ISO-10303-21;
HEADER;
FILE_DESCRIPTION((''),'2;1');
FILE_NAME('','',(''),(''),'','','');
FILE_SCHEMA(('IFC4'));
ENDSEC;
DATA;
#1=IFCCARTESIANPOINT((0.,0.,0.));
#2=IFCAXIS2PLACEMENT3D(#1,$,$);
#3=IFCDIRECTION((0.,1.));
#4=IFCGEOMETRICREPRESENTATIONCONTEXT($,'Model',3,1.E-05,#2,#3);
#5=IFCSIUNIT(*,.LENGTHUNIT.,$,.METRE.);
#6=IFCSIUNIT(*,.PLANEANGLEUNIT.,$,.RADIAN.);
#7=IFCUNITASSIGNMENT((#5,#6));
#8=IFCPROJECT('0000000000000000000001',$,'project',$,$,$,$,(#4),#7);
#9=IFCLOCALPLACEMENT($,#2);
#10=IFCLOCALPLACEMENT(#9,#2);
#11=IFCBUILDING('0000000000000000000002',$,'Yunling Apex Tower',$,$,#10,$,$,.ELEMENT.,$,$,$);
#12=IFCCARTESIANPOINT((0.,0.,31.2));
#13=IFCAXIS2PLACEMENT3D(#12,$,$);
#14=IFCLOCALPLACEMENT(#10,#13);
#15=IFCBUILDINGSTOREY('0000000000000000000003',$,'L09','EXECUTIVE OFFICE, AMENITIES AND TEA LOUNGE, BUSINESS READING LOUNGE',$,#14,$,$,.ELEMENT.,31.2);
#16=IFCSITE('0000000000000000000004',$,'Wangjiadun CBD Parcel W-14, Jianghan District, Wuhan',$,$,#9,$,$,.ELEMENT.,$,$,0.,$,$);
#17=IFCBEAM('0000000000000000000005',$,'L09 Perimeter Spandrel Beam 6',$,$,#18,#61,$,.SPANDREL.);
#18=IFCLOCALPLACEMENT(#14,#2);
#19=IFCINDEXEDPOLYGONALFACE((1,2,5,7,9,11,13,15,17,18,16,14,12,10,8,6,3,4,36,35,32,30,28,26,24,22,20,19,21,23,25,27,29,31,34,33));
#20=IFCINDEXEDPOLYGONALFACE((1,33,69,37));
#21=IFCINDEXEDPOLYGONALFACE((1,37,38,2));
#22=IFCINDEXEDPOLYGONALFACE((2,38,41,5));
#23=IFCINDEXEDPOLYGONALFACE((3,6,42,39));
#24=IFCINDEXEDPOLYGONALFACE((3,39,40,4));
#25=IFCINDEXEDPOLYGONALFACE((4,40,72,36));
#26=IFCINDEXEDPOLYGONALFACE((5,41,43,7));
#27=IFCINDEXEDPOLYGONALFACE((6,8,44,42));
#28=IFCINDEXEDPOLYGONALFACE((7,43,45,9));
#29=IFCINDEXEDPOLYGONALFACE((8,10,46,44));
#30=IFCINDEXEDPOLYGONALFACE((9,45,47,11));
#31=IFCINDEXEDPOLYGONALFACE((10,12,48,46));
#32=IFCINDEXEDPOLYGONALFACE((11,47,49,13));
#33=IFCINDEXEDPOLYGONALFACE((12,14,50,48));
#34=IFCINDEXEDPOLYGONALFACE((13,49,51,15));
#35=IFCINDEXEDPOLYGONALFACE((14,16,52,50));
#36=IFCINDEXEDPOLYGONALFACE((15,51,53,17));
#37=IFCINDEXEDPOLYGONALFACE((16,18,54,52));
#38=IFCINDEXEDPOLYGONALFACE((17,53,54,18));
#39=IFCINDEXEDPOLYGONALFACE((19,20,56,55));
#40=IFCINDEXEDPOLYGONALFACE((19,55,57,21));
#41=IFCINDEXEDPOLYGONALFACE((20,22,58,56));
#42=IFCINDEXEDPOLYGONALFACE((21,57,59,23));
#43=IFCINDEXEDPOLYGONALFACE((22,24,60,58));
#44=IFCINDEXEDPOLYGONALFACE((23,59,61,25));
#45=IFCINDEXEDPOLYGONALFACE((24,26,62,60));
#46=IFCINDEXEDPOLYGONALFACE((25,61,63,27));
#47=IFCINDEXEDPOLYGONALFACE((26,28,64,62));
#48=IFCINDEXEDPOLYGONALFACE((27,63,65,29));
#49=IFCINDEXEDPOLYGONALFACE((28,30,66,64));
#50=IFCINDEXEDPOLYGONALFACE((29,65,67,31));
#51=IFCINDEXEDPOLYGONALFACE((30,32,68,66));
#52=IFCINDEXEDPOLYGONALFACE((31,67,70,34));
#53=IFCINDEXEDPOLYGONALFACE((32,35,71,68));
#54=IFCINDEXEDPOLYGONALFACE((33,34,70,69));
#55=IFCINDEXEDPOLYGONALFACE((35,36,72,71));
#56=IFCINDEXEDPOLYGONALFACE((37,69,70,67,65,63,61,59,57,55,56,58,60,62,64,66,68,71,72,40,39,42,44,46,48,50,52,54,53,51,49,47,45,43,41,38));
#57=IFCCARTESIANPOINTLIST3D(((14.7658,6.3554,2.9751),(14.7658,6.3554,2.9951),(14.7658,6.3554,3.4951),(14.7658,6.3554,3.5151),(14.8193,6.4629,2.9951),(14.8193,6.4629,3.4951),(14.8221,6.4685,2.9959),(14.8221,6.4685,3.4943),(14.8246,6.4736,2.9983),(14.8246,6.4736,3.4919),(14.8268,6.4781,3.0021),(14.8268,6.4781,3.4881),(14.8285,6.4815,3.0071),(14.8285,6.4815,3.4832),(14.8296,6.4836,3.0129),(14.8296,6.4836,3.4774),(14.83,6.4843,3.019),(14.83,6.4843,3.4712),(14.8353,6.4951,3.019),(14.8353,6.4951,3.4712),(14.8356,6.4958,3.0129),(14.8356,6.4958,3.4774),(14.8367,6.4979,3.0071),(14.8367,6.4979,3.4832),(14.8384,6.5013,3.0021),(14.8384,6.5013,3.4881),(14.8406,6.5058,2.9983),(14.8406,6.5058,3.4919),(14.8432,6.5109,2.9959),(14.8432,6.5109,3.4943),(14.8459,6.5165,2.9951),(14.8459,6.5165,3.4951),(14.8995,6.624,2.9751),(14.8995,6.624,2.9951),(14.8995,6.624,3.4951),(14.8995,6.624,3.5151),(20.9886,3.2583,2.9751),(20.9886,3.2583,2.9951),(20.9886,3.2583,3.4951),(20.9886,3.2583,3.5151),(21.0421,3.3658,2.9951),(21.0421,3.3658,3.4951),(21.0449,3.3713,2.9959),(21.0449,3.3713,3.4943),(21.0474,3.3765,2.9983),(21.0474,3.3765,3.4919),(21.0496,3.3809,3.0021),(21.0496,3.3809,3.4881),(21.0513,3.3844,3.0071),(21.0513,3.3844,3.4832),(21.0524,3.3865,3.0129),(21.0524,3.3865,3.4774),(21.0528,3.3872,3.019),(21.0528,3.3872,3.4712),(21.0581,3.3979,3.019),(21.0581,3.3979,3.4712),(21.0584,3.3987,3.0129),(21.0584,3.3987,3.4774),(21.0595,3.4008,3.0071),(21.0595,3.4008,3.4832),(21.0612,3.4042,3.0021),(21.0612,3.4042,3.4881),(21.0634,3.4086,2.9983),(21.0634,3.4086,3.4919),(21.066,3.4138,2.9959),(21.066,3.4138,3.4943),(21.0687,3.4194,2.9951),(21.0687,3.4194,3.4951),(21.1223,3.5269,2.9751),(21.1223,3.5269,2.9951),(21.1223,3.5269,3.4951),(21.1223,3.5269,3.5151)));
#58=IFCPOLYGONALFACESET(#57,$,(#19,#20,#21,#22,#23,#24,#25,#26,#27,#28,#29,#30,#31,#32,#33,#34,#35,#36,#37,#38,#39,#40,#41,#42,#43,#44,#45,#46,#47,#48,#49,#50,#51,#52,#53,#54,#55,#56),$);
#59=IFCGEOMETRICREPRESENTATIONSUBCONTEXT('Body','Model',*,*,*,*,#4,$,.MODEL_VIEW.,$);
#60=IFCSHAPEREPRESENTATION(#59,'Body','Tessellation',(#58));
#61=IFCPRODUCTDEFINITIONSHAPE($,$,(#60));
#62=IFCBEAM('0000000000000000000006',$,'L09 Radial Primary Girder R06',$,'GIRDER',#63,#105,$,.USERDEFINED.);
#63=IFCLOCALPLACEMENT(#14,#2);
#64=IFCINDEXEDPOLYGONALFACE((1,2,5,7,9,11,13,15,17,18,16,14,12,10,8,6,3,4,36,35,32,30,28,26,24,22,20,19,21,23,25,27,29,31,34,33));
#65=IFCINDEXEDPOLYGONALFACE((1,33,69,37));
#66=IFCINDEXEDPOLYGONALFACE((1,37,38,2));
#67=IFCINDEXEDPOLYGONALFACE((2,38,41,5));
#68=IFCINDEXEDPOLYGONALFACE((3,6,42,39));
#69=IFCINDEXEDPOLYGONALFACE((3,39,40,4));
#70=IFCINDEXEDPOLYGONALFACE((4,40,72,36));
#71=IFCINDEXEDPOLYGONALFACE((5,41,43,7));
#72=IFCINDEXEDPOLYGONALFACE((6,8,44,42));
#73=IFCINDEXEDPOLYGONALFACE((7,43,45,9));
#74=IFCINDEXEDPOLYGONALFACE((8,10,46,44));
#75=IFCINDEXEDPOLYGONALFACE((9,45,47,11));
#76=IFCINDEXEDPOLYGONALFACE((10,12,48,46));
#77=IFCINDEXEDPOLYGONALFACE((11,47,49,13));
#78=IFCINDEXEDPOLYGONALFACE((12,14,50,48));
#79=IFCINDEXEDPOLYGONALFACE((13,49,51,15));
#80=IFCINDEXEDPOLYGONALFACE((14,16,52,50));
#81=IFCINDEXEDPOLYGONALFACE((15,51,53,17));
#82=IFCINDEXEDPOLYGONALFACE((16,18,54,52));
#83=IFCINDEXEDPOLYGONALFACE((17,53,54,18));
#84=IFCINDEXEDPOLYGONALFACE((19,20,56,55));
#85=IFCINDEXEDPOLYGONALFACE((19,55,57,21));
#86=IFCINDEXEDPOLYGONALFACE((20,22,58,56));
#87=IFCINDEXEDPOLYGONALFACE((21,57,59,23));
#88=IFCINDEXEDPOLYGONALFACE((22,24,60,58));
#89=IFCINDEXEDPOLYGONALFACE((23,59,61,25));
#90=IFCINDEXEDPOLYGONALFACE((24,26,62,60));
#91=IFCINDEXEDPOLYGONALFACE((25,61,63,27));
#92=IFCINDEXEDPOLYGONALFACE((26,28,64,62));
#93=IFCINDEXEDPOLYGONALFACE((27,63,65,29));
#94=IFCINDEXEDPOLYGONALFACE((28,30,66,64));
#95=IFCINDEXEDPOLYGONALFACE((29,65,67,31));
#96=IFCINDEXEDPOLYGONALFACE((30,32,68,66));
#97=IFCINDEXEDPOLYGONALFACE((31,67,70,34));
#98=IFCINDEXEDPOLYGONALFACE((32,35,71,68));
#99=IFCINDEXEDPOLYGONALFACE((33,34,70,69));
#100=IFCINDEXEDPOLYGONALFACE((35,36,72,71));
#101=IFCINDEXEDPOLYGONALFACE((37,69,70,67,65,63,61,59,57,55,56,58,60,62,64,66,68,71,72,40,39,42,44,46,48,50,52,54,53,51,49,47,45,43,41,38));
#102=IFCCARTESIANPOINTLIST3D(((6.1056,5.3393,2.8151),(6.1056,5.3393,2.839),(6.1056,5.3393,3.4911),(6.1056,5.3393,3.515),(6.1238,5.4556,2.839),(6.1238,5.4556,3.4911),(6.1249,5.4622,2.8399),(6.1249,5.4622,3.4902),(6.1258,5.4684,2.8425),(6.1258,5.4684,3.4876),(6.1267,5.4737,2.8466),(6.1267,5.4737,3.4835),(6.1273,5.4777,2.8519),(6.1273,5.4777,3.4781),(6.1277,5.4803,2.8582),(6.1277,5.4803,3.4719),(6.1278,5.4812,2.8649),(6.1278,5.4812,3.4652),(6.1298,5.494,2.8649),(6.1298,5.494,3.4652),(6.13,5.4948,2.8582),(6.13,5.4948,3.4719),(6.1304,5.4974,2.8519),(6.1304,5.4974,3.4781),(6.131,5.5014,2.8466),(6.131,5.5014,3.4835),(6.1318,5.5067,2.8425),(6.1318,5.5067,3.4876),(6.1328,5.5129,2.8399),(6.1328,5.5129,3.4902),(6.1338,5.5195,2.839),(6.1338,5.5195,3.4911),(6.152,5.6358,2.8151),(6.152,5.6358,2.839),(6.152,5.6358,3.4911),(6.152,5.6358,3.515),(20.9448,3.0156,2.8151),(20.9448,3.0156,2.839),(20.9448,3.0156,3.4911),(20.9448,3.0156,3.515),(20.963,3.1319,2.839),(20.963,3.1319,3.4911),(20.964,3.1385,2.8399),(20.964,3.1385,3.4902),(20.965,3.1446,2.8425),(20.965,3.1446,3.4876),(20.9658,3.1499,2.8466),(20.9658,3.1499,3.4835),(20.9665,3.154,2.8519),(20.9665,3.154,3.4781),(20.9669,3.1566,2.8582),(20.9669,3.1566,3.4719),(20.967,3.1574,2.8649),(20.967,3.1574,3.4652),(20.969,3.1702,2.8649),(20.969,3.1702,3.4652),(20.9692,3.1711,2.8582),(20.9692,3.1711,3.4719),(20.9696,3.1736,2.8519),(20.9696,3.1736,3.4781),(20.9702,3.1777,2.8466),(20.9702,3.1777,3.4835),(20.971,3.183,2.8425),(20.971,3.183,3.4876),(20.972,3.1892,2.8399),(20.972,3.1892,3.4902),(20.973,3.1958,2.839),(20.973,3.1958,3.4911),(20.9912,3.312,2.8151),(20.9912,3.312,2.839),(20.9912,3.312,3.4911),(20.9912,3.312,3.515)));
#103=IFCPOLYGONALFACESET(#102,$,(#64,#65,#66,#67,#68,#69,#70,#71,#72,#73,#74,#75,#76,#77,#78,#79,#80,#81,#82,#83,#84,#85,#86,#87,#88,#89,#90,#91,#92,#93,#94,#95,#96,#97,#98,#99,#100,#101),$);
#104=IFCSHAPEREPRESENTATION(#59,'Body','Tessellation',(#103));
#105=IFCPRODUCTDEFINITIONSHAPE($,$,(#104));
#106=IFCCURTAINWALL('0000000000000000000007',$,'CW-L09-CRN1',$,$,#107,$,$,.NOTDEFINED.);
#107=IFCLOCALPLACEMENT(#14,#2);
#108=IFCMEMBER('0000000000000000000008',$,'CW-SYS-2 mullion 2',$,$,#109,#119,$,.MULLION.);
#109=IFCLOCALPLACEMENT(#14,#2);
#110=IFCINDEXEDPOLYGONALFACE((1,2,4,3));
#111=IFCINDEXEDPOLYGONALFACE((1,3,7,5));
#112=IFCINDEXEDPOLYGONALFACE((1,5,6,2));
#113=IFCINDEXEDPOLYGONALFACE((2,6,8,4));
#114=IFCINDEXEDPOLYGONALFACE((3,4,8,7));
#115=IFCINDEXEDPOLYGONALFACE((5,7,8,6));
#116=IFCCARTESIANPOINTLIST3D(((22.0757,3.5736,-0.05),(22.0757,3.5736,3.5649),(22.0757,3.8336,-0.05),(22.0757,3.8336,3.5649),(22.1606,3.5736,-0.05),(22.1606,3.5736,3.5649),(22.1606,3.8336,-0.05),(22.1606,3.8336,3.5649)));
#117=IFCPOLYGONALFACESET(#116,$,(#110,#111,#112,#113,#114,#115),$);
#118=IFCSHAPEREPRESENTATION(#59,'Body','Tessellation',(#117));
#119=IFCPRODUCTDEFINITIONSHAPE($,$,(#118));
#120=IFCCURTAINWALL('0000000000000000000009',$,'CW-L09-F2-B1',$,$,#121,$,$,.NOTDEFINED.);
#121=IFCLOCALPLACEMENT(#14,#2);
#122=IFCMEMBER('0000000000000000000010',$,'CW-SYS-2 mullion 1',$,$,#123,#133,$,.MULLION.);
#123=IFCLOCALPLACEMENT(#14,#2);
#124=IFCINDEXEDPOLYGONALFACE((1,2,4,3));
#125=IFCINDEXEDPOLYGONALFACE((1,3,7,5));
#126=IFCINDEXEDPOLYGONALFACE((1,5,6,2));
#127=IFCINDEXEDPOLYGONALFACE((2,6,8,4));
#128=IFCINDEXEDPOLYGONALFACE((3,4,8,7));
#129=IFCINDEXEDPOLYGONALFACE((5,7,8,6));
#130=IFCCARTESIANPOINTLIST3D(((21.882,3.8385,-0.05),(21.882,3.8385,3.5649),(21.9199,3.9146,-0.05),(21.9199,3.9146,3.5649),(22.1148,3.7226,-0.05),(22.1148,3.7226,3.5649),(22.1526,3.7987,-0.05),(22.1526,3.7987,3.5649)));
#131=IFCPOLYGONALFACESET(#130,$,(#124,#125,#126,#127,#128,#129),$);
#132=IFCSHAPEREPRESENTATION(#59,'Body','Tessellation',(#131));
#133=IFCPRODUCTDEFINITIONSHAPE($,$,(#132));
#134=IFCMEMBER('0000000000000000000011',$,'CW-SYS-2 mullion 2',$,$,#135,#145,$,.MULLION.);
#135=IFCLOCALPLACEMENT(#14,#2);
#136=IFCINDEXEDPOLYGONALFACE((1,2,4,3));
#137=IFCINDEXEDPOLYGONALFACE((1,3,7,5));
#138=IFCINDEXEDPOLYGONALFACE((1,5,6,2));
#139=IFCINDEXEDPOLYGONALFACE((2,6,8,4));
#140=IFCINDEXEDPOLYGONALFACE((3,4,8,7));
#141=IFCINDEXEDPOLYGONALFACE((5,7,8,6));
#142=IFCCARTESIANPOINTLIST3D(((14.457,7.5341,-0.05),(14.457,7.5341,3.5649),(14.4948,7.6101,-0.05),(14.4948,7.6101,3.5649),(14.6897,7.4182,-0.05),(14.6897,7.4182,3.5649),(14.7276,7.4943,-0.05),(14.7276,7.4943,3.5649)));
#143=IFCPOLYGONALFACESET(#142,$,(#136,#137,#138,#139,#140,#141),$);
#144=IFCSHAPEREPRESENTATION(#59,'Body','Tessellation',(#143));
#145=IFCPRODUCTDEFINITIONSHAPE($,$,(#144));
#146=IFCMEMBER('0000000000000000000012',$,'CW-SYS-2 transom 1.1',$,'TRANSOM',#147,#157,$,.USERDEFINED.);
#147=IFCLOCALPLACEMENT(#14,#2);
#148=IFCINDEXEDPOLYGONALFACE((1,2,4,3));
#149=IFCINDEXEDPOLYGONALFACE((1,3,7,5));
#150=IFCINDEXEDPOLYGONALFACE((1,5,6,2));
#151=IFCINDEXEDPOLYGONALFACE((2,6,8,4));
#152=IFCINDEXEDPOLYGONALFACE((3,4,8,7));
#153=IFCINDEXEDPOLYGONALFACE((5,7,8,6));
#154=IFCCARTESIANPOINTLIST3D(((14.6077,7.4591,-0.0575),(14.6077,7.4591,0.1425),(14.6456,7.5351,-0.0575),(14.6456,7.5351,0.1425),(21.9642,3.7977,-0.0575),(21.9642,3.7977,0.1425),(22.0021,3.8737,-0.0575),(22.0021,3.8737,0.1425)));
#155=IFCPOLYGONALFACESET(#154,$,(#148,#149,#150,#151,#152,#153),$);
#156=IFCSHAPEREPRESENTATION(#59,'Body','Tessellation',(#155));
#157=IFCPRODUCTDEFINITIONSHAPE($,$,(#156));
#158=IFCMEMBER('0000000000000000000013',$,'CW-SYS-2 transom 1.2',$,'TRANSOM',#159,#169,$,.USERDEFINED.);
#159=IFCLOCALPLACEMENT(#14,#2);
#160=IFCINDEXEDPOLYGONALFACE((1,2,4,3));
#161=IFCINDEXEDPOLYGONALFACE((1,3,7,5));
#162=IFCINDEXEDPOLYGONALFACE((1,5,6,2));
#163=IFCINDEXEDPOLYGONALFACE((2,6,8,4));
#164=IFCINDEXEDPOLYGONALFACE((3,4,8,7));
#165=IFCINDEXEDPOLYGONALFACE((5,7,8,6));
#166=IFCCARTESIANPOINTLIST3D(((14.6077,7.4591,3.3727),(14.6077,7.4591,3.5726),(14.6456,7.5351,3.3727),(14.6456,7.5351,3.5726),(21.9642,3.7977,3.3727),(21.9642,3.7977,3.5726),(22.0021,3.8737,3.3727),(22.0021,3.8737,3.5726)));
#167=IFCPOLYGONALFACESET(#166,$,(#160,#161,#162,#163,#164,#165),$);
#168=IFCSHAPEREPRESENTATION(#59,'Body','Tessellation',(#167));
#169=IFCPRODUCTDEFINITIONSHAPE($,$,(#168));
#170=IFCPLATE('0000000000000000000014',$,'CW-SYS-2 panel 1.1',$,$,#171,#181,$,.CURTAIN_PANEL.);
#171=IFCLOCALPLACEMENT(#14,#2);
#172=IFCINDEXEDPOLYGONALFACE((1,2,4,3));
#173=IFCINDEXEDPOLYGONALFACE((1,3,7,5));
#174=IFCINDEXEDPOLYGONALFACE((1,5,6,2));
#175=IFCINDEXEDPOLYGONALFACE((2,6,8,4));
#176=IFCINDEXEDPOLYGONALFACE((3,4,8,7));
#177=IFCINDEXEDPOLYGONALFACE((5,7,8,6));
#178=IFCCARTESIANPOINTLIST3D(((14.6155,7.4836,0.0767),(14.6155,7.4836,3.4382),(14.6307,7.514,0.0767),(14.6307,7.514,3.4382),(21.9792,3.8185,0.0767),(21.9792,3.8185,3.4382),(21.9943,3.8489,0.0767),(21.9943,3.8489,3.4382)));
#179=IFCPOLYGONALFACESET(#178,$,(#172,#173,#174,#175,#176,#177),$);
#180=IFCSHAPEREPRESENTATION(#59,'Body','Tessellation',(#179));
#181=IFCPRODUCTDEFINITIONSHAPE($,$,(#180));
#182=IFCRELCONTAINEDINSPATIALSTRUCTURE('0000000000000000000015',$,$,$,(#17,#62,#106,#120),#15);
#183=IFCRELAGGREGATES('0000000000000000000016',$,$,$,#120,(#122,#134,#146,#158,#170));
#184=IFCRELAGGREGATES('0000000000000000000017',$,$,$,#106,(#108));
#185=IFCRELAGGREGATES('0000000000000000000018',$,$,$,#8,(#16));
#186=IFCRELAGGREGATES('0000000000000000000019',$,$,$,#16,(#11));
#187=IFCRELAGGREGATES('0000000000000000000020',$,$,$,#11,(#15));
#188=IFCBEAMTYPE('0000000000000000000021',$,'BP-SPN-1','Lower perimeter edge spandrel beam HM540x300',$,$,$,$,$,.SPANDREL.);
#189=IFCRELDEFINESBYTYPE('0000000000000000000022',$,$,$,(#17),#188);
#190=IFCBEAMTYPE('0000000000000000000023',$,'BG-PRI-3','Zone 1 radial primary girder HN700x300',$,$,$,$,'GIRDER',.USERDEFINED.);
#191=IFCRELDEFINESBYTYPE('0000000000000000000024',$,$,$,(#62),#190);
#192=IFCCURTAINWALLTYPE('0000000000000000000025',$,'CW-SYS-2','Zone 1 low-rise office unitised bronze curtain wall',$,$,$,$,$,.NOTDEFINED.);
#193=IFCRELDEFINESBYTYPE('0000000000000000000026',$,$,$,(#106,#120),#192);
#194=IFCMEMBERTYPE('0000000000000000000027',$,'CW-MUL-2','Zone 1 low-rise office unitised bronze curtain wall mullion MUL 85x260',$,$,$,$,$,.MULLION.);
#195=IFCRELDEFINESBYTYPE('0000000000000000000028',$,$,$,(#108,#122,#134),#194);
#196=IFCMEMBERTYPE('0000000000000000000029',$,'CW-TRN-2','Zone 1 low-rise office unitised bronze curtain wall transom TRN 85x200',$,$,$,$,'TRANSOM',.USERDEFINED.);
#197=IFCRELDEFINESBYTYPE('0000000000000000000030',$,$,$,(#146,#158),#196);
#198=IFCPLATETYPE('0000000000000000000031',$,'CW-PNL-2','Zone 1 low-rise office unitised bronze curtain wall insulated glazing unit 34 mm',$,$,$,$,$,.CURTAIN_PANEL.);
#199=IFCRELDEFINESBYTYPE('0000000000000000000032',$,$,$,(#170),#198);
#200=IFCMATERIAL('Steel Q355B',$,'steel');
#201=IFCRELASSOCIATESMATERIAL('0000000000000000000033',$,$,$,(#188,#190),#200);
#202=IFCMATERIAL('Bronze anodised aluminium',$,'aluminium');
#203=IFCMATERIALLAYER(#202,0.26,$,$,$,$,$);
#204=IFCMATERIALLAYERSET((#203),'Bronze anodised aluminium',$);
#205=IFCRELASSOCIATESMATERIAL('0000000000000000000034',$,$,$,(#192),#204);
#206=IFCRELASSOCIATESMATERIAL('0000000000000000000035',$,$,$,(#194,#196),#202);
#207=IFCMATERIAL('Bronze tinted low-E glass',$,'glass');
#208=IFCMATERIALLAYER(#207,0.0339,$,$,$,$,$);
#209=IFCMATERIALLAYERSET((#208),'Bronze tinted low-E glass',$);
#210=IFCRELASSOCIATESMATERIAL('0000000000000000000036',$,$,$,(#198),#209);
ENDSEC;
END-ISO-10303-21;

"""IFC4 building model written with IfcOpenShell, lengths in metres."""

from ifc_helpers import new_model, si_unit, direction, frame, origin, origin_2d, place, context, subcontext, project, spatial, rectangle, i_section, extrude, source, transform, mapped, material, layer, layer_set, material_profile, profile_set, type_object, element, aggregate, save


model = new_model("IFC4")

# Units and contexts
model_context = context("Model", 3, precision=1e-05, world=origin(), true_north=direction((0.0, 1.0)))
body_context = subcontext(model_context, "Body", "Model", "MODEL_VIEW")
ifc_project = project(units=[si_unit("LENGTHUNIT", "METRE"), si_unit("PLANEANGLEUNIT", "RADIAN")], contexts=[model_context])

# Site, building, storey
site_placement = place(None, origin())
site = spatial("IfcSite", under=ifc_project, at=site_placement, Name="Wangjiadun CBD Parcel W-14, Jianghan District, Wuhan", CompositionType="ELEMENT", RefElevation=0.0)
building_placement = place(site_placement, origin())
building = spatial("IfcBuilding", under=site, at=building_placement, Name="Yunling Apex Tower", CompositionType="ELEMENT")
storey_placement = place(building_placement, frame((0.0, 0.0, 31.2)))
storey = spatial("IfcBuildingStorey", under=building, at=storey_placement, Name="L09", Description="EXECUTIVE OFFICE, AMENITIES AND TEA LOUNGE, BUSINESS READING LOUNGE", CompositionType="ELEMENT", Elevation=31.2)

# Beams
ifc_material_1 = material(Name="Steel Q355B", Category="steel")
ifc_material_profile_1 = material_profile(ifc_material_1, i_section(OverallWidth=0.3, OverallDepth=0.54, WebThickness=0.012, FlangeThickness=0.02, FilletRadius=0.0239, at=origin_2d()))
ifc_profile_set_1 = profile_set([ifc_material_profile_1], Name="Steel Q355B")
beam_type_1 = type_object("IfcBeamType", Name="BP-SPN-1", Description="Lower perimeter edge spandrel beam HM540x300", PredefinedType="SPANDREL", material=ifc_profile_set_1)
shared_shape_1 = source(origin(), body_context, "Body", "SweptSolid", [
    extrude(i_section(OverallWidth=0.3, OverallDepth=0.54, WebThickness=0.012, FlangeThickness=0.02, FilletRadius=0.0239, at=origin_2d()), origin(), (0.0, 0.0, 1.0), 6.9509),
])
beam_1_placement = place(storey_placement, frame((21.0554, 3.3926, 3.2451), z_axis=(-0.895248, 0.445569, 0.0), x_axis=(-0.445569, -0.895248, 0.0)))
element("IfcBeam", 1, at=beam_1_placement, inside=storey, type_object=beam_type_1, Name="L09 Perimeter Spandrel Beam 6", PredefinedType="SPANDREL", context=body_context, shape_type="MappedRepresentation", body=[
    mapped(shared_shape_1, transform((0.0, 0.0, 0.0), scale=1.0)),
])
ifc_material_profile_2 = material_profile(ifc_material_1, i_section(OverallWidth=0.3, OverallDepth=0.7, WebThickness=0.0129, FlangeThickness=0.0239, FilletRadius=0.0259, at=origin_2d()))
ifc_profile_set_2 = profile_set([ifc_material_profile_2], Name="Steel Q355B")
beam_type_2 = type_object("IfcBeamType", Name="BG-PRI-3", Description="Zone 1 radial primary girder HN700x300", ElementType="GIRDER", PredefinedType="USERDEFINED", material=ifc_profile_set_2)
shared_shape_2 = source(origin(), body_context, "Body", "SweptSolid", [
    extrude(i_section(OverallWidth=0.3, OverallDepth=0.7, WebThickness=0.0129, FlangeThickness=0.0239, FilletRadius=0.0259, at=origin_2d()), origin(), (0.0, 0.0, 1.0), 15.02),
])
beam_2_placement = place(storey_placement, frame((20.968, 3.1638, 3.165), z_axis=(-0.98796, 0.15471, 0.0), x_axis=(-0.15471, -0.98796, 0.0)))
element("IfcBeam", 2, at=beam_2_placement, inside=storey, type_object=beam_type_2, Name="L09 Radial Primary Girder R06", ObjectType="GIRDER", PredefinedType="USERDEFINED", context=body_context, shape_type="MappedRepresentation", body=[
    mapped(shared_shape_2, transform((0.0, 0.0, 0.0), scale=1.0)),
])

# Curtain wall, member
ifc_material_2 = material(Name="Bronze anodised aluminium", Category="aluminium")
ifc_layer_1 = layer(ifc_material_2, 0.26)
ifc_layer_set_1 = layer_set([ifc_layer_1], Name="Bronze anodised aluminium")
curtain_wall_type = type_object("IfcCurtainWallType", Name="CW-SYS-2", Description="Zone 1 low-rise office unitised bronze curtain wall", PredefinedType="NOTDEFINED", material=ifc_layer_set_1)
curtain_wall_1_placement = place(storey_placement, origin())
curtain_wall_1 = element("IfcCurtainWall", 3, at=curtain_wall_1_placement, inside=storey, type_object=curtain_wall_type, Name="CW-L09-CRN1", PredefinedType="NOTDEFINED")
ifc_material_profile_3 = material_profile(ifc_material_2, rectangle(XDim=0.085, YDim=0.26, at=origin_2d()))
ifc_profile_set_3 = profile_set([ifc_material_profile_3], Name="Bronze anodised aluminium")
member_type_1 = type_object("IfcMemberType", Name="CW-MUL-2", Description="Zone 1 low-rise office unitised bronze curtain wall mullion MUL 85x260", PredefinedType="MULLION", material=ifc_profile_set_3)
shared_shape_3 = source(origin(), body_context, "Body", "SweptSolid", [
    extrude(rectangle(XDim=0.085, YDim=0.26, at=origin_2d()), origin(), (0.0, 0.0, 1.0), 3.615),
])
member_1_placement = place(storey_placement, frame((22.1182, 3.7036, -0.05), z_axis=(0.0, 0.0, 1.0), x_axis=(-1.0, 0.0, 0.0)))
member_1 = element("IfcMember", 4, at=member_1_placement, type_object=member_type_1, Name="CW-SYS-2 mullion 2", PredefinedType="MULLION", context=body_context, shape_type="MappedRepresentation", body=[
    mapped(shared_shape_3, transform((0.0, 0.0, 0.0), scale=1.0)),
])

# Curtain wall, members, plate
curtain_wall_2_placement = place(storey_placement, origin())
curtain_wall_2 = element("IfcCurtainWall", 5, at=curtain_wall_2_placement, inside=storey, type_object=curtain_wall_type, Name="CW-L09-F2-B1", PredefinedType="NOTDEFINED")
member_2_placement = place(storey_placement, frame((22.0173, 3.8186, -0.05), z_axis=(0.0, 0.0, 1.0), x_axis=(-0.44558, -0.895242, 0.0)))
member_2 = element("IfcMember", 6, at=member_2_placement, type_object=member_type_1, Name="CW-SYS-2 mullion 1", PredefinedType="MULLION", context=body_context, shape_type="MappedRepresentation", body=[
    mapped(shared_shape_3, transform((0.0, 0.0, 0.0), scale=1.0)),
])
member_3_placement = place(storey_placement, frame((14.5923, 7.5142, -0.05), z_axis=(0.0, 0.0, 1.0), x_axis=(-0.44558, -0.895242, 0.0)))
member_3 = element("IfcMember", 7, at=member_3_placement, type_object=member_type_1, Name="CW-SYS-2 mullion 2", PredefinedType="MULLION", context=body_context, shape_type="MappedRepresentation", body=[
    mapped(shared_shape_3, transform((0.0, 0.0, 0.0), scale=1.0)),
])
ifc_material_profile_4 = material_profile(ifc_material_2, rectangle(XDim=0.085, YDim=0.2, at=origin_2d()))
ifc_profile_set_4 = profile_set([ifc_material_profile_4], Name="Bronze anodised aluminium")
member_type_2 = type_object("IfcMemberType", Name="CW-TRN-2", Description="Zone 1 low-rise office unitised bronze curtain wall transom TRN 85x200", ElementType="TRANSOM", PredefinedType="USERDEFINED", material=ifc_profile_set_4)
shared_shape_4 = source(origin(), body_context, "Body", "SweptSolid", [
    extrude(rectangle(XDim=0.085, YDim=0.2, at=origin_2d()), origin(), (0.0, 0.0, 1.0), 8.2173),
])
member_4_placement = place(storey_placement, frame((21.9832, 3.8357, 0.0425), z_axis=(-0.895246, 0.445573, 0.0), x_axis=(-0.445573, -0.895246, 0.0)))
member_4 = element("IfcMember", 8, at=member_4_placement, type_object=member_type_2, Name="CW-SYS-2 transom 1.1", ObjectType="TRANSOM", PredefinedType="USERDEFINED", context=body_context, shape_type="MappedRepresentation", body=[
    mapped(shared_shape_4, transform((0.0, 0.0, 0.0), scale=1.0)),
])
member_5_placement = place(storey_placement, frame((21.9832, 3.8357, 3.4727), z_axis=(-0.895246, 0.445573, 0.0), x_axis=(-0.445573, -0.895246, 0.0)))
member_5 = element("IfcMember", 9, at=member_5_placement, type_object=member_type_2, Name="CW-SYS-2 transom 1.2", ObjectType="TRANSOM", PredefinedType="USERDEFINED", context=body_context, shape_type="MappedRepresentation", body=[
    mapped(shared_shape_4, transform((0.0, 0.0, 0.0), scale=1.0)),
])
ifc_material_3 = material(Name="Bronze tinted low-E glass", Category="glass")
ifc_layer_2 = layer(ifc_material_3, 0.0339)
ifc_layer_set_2 = layer_set([ifc_layer_2], Name="Bronze tinted low-E glass")
plate_type = type_object("IfcPlateType", Name="CW-PNL-2", Description="Zone 1 low-rise office unitised bronze curtain wall insulated glazing unit 34 mm", PredefinedType="CURTAIN_PANEL", material=ifc_layer_set_2)
shared_shape_5 = source(origin(), body_context, "Body", "SweptSolid", [
    extrude(rectangle(XDim=8.2253, YDim=0.0339, at=origin_2d()), origin(), (0.0, 0.0, 1.0), 3.3616),
])
plate_1_placement = place(storey_placement, frame((18.3049, 5.6663, 0.0767), z_axis=(0.0, 0.0, 1.0), x_axis=(-0.895242, 0.44558, 0.0)))
plate_1 = element("IfcPlate", 10, at=plate_1_placement, type_object=plate_type, Name="CW-SYS-2 panel 1.1", PredefinedType="CURTAIN_PANEL", context=body_context, shape_type="MappedRepresentation", body=[
    mapped(shared_shape_5, transform((0.0, 0.0, 0.0), scale=1.0)),
])
aggregate(curtain_wall_2, [member_2, member_3, member_4, member_5, plate_1])

aggregate(curtain_wall_1, [member_1])

save(model, "model.ifc")
